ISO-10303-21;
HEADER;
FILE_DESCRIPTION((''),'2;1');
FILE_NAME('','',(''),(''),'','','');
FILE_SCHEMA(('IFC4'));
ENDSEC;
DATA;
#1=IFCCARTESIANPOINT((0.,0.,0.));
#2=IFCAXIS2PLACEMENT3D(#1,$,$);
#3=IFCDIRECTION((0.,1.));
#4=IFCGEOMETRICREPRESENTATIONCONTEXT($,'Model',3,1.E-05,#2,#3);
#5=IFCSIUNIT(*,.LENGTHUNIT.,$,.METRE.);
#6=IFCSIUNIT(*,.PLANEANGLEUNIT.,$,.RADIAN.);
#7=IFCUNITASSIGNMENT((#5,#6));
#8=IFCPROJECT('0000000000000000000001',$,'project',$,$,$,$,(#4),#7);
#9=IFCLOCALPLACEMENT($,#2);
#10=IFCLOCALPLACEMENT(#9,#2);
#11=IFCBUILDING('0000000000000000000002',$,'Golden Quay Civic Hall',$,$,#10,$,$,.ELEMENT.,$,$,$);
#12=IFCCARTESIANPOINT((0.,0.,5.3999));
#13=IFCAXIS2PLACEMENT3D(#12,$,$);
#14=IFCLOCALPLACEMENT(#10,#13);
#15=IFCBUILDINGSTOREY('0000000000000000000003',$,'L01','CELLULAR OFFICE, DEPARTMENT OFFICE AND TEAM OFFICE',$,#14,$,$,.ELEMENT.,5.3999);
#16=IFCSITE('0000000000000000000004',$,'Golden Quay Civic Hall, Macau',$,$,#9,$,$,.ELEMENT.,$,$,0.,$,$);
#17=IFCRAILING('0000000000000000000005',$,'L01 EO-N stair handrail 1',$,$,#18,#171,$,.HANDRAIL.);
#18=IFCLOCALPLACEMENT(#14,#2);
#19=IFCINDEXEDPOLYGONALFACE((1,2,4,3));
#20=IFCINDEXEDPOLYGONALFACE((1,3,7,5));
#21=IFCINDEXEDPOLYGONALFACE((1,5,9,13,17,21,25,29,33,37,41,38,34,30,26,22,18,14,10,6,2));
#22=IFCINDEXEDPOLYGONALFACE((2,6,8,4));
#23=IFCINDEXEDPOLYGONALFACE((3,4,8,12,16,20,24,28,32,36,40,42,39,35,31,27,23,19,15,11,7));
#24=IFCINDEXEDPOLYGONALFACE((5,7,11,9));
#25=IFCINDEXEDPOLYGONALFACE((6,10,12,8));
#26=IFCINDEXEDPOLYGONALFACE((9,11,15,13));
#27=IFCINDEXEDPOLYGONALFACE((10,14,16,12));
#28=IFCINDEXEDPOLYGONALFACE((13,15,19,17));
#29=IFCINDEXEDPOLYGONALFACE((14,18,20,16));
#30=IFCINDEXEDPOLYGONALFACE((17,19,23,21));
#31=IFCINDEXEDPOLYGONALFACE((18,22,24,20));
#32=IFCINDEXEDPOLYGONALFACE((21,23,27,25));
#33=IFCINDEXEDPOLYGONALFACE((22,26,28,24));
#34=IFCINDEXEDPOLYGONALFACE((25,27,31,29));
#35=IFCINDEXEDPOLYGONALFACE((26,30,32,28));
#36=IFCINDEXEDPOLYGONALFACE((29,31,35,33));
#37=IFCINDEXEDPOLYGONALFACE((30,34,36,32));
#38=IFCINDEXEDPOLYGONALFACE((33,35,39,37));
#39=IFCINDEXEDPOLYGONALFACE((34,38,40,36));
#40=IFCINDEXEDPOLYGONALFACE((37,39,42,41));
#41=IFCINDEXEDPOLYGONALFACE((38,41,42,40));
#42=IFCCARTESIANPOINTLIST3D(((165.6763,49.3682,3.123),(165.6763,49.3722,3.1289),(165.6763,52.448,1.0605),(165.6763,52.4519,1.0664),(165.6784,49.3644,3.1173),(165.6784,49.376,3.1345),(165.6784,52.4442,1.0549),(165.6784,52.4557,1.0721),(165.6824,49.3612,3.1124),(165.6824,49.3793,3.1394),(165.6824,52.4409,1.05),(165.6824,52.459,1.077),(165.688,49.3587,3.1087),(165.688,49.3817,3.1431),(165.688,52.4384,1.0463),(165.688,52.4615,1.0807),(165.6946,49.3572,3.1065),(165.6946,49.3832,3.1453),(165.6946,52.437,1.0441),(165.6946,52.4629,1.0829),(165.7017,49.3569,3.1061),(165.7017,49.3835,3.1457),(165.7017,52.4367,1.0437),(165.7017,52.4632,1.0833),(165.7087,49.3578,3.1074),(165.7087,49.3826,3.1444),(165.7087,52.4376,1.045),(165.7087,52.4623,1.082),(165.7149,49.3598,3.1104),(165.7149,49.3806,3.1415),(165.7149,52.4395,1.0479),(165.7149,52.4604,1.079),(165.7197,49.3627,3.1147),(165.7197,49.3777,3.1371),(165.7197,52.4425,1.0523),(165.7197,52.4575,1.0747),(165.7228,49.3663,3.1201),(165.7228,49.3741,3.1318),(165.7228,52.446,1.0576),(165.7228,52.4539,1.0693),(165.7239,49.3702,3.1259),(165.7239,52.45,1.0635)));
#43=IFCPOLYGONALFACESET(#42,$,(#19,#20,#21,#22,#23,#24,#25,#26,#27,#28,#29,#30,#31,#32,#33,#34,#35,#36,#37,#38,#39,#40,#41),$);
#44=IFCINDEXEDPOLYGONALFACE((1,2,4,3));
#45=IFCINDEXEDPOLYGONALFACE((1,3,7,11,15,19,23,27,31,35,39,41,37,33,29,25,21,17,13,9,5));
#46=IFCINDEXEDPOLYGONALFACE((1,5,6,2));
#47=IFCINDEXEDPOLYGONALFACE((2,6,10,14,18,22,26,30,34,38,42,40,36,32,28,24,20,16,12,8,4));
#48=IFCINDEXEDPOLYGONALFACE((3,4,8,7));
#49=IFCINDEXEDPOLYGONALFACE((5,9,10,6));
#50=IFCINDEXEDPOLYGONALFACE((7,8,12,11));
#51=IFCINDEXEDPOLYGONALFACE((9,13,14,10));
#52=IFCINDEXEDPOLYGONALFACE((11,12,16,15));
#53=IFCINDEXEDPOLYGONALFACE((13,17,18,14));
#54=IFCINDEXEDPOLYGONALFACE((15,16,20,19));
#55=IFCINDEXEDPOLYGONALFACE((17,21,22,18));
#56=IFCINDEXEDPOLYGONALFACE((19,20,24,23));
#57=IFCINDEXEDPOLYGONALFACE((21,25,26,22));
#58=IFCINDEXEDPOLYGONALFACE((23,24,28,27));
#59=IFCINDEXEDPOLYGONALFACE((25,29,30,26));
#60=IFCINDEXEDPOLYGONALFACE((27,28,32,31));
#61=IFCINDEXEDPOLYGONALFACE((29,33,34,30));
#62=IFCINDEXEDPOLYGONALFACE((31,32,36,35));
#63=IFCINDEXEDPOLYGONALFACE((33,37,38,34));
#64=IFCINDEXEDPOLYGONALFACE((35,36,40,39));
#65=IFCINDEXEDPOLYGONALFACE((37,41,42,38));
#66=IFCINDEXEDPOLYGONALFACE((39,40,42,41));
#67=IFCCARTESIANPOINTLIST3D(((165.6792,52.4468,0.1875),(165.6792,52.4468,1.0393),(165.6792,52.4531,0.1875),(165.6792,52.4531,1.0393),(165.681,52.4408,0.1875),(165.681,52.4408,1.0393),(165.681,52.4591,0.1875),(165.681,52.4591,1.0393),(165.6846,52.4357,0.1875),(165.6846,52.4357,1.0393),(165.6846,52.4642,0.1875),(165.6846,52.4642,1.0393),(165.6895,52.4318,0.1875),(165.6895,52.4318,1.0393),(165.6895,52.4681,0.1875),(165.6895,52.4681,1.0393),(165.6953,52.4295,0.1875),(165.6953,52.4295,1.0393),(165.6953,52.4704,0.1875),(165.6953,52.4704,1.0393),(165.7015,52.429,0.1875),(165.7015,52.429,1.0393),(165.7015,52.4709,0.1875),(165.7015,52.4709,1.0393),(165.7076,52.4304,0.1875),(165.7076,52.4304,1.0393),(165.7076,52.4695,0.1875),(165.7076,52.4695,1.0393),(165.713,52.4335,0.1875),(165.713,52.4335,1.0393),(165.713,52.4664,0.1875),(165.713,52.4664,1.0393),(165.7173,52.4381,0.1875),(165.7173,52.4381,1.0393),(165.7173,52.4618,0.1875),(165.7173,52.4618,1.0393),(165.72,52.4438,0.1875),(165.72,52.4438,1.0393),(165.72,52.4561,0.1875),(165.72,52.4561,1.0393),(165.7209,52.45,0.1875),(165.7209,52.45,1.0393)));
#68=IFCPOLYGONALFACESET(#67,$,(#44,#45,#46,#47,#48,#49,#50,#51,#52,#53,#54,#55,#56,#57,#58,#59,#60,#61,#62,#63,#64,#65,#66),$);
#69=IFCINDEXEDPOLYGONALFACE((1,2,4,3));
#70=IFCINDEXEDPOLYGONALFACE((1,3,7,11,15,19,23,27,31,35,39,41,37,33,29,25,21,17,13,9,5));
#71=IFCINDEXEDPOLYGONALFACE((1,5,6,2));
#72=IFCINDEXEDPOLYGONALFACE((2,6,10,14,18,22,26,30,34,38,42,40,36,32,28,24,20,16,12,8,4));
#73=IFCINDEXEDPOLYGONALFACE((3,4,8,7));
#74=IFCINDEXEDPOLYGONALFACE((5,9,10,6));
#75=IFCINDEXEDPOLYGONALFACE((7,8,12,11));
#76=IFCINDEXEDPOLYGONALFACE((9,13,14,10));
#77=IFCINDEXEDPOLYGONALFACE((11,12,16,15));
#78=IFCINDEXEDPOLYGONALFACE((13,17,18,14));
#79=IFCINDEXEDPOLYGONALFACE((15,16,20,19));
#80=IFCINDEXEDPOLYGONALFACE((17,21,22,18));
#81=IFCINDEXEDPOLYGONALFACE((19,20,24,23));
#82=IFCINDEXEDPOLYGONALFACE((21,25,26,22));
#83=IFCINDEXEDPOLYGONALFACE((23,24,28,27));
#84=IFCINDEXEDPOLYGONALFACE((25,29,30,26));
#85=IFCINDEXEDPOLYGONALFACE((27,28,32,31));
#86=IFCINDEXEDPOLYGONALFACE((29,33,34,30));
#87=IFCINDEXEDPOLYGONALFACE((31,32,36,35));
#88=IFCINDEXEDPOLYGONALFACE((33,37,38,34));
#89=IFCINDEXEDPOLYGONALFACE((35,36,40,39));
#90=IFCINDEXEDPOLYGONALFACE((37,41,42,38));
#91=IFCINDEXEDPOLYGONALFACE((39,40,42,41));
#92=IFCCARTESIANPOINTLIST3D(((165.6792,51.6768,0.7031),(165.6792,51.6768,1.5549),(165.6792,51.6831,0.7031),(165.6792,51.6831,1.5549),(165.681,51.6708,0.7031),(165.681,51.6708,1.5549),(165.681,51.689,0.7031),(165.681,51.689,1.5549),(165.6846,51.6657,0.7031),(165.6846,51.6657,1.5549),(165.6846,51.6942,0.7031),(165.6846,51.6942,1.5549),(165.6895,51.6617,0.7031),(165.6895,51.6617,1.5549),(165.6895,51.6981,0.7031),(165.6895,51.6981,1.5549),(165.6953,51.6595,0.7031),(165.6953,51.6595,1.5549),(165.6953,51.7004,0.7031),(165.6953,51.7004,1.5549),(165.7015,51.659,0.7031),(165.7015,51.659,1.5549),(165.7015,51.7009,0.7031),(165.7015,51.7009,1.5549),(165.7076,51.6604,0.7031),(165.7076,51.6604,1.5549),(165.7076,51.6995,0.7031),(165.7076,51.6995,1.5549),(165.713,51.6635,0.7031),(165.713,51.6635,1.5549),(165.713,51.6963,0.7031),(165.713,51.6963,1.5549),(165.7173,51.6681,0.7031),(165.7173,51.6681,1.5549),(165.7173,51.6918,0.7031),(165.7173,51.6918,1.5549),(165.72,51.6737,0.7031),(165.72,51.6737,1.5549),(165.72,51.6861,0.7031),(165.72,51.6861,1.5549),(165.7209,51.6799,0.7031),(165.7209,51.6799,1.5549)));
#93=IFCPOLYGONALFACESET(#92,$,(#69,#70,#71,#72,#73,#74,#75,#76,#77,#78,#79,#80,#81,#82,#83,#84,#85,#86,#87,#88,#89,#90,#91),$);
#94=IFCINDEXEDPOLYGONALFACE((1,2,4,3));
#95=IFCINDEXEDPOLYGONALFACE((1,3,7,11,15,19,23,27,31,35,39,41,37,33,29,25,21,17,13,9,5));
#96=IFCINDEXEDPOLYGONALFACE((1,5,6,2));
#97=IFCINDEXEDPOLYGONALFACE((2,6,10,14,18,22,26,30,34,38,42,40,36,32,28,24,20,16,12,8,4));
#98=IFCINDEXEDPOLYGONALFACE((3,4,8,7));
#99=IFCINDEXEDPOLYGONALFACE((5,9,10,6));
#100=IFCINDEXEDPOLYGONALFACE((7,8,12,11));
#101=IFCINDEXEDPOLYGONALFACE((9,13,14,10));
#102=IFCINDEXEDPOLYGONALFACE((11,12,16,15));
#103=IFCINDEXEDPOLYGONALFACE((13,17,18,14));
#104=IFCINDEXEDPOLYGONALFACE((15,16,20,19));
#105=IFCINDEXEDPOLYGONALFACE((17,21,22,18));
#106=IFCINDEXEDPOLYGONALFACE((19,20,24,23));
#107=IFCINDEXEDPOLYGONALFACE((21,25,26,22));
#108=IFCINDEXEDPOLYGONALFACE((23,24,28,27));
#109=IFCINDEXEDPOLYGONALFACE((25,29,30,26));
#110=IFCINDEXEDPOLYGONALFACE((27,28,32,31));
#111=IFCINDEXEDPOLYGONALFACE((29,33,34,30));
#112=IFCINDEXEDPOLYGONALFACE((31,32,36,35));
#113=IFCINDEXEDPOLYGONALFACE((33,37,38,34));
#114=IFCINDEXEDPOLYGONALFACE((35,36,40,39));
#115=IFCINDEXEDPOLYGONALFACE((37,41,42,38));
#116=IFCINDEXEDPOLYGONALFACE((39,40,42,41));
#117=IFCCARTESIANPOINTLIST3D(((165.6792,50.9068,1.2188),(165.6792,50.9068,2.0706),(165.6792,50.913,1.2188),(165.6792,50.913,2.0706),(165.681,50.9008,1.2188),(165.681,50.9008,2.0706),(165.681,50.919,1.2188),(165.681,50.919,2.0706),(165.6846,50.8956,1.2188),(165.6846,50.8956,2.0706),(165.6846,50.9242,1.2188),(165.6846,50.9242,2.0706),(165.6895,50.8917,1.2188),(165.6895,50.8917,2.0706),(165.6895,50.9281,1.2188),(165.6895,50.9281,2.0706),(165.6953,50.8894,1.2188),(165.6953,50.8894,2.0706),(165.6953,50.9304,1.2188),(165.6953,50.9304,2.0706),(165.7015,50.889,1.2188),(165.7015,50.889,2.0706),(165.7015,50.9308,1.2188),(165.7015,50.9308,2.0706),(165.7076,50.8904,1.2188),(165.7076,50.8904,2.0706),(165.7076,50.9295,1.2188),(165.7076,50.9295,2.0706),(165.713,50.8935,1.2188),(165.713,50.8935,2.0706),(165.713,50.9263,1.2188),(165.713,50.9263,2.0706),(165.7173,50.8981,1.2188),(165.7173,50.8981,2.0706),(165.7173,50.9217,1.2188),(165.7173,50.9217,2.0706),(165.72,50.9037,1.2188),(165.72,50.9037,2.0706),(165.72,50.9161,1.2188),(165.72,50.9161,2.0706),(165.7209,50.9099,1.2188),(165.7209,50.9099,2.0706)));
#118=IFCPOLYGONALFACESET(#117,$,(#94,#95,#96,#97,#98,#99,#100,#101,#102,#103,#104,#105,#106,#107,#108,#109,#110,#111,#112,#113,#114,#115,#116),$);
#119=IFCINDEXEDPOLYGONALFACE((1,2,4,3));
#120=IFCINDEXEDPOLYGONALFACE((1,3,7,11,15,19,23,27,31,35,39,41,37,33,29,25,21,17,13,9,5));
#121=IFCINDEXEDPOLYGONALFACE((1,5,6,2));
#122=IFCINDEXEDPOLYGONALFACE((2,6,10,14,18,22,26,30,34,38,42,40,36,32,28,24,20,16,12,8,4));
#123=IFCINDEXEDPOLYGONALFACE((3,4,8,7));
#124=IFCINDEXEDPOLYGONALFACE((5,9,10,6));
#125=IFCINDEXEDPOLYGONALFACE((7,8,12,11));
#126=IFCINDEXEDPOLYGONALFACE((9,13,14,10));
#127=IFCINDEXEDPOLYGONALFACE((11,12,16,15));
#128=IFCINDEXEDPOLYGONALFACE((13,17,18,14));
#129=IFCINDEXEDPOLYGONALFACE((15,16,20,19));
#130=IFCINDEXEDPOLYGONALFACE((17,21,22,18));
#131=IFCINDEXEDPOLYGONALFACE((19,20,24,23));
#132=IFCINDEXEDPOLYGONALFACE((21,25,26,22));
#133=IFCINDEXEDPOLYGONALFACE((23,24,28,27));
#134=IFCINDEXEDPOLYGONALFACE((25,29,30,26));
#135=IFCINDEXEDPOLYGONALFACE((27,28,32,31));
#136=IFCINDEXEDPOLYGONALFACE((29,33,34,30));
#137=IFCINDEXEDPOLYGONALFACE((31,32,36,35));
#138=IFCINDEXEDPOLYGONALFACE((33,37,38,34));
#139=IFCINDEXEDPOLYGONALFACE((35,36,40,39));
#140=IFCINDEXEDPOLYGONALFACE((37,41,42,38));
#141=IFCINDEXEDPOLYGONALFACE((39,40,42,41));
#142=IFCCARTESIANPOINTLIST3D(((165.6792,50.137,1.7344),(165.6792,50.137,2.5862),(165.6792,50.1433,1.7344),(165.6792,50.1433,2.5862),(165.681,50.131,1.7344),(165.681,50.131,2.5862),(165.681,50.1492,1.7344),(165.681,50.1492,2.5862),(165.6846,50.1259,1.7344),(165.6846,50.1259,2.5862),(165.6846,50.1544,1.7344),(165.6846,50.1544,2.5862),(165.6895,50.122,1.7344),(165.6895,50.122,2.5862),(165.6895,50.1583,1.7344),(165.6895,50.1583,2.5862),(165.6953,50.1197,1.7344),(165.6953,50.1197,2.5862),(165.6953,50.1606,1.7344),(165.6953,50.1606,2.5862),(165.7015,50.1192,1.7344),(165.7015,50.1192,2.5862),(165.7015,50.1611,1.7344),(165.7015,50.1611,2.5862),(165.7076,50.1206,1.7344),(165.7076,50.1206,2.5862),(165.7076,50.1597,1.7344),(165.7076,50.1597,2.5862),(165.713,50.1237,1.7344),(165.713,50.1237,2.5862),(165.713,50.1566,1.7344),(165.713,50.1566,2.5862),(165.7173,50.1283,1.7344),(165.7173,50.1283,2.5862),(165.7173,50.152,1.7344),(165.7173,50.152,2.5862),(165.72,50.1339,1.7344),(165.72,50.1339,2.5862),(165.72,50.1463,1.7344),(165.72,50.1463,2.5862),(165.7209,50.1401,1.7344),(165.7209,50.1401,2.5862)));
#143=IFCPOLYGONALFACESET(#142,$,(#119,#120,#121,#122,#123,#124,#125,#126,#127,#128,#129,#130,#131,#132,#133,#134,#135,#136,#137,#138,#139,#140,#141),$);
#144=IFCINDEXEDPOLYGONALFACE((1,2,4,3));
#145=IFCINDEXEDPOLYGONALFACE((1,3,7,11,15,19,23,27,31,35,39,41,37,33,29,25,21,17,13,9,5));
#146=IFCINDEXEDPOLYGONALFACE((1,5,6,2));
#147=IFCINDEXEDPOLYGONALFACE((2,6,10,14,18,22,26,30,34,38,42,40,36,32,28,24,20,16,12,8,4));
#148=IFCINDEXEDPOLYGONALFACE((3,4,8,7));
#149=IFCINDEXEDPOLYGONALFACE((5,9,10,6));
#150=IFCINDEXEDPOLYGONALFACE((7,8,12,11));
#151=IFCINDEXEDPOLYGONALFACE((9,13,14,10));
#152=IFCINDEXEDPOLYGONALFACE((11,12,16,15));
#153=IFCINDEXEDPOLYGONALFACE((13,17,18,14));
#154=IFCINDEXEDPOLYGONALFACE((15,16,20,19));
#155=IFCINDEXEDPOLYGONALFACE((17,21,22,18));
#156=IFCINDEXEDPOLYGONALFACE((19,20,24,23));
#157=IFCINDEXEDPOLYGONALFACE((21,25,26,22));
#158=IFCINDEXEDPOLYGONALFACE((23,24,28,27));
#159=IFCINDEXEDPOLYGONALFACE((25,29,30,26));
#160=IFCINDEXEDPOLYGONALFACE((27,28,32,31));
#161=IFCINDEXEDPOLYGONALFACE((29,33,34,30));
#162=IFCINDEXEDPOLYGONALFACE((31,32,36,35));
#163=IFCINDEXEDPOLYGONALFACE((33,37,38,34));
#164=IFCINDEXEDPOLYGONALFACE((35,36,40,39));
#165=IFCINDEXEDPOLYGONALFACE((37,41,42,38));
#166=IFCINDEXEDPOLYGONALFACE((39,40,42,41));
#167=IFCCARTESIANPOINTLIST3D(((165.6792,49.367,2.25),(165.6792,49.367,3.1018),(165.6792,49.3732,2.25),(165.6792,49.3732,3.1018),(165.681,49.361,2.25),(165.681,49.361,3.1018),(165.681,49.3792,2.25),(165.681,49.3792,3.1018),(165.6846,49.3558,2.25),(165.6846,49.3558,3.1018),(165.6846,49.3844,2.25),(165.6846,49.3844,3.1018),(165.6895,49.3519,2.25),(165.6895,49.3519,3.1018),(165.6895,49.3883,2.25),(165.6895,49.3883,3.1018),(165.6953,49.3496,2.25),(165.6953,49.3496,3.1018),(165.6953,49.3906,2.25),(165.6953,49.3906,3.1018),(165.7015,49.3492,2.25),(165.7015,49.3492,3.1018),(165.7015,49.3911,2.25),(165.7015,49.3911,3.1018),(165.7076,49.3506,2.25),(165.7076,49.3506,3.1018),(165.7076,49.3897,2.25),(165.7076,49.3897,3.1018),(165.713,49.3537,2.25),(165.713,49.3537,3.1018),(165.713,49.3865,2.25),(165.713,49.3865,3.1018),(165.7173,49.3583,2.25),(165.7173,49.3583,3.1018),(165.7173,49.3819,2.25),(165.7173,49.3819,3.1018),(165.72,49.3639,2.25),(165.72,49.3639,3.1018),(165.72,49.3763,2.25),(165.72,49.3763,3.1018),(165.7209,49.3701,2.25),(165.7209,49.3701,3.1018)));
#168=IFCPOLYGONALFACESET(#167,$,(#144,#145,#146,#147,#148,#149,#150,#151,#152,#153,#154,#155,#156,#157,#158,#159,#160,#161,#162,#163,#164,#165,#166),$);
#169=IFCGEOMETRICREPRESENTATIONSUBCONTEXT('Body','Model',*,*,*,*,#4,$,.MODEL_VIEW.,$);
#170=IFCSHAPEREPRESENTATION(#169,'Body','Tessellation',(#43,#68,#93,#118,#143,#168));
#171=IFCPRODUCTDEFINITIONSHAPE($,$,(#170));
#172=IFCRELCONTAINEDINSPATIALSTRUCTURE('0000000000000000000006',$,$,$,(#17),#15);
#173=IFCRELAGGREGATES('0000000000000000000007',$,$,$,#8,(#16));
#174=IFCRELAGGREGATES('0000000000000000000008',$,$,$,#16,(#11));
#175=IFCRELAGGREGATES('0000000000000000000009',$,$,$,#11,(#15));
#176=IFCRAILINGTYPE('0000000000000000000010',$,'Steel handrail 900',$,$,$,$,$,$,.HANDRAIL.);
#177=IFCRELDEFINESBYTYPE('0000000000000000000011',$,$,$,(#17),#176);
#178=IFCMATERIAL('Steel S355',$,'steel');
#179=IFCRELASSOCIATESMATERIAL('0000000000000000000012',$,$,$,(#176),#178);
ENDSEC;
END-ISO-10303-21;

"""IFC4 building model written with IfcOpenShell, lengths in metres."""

from ifc_helpers import new_model, si_unit, direction, frame, origin, origin_2d, place, context, subcontext, project, spatial, circle, extrude, material, type_object, element, save


model = new_model("IFC4")

# Units and contexts
model_context = context("Model", 3, precision=1e-05, world=origin(), true_north=direction((0.0, 1.0)))
body_context = subcontext(model_context, "Body", "Model", "MODEL_VIEW")
ifc_project = project(units=[si_unit("LENGTHUNIT", "METRE"), si_unit("PLANEANGLEUNIT", "RADIAN")], contexts=[model_context])

# Site, building, storey
site_placement = place(None, origin())
site = spatial("IfcSite", under=ifc_project, at=site_placement, Name="Golden Quay Civic Hall, Macau", CompositionType="ELEMENT", RefElevation=0.0)
building_placement = place(site_placement, origin())
building = spatial("IfcBuilding", under=site, at=building_placement, Name="Golden Quay Civic Hall", CompositionType="ELEMENT")
storey_placement = place(building_placement, frame((0.0, 0.0, 5.3999)))
storey = spatial("IfcBuildingStorey", under=building, at=storey_placement, Name="L01", Description="CELLULAR OFFICE, DEPARTMENT OFFICE AND TEAM OFFICE", CompositionType="ELEMENT", Elevation=5.3999)

# Railing
ifc_material_1 = material(Name="Steel S355", Category="steel")
railing_type_1 = type_object("IfcRailingType", Name="Steel handrail 900", PredefinedType="HANDRAIL", material=ifc_material_1)
railing_1_placement = place(storey_placement, frame((165.7, 52.45, 0.1875)))
element("IfcRailing", 1, at=railing_1_placement, inside=storey, type_object=railing_type_1, Name="L01 EO-N stair handrail 1", PredefinedType="HANDRAIL", context=body_context, shape_type="SweptSolid", body=[
    extrude(circle(Radius=0.0239, at=origin_2d()), frame((0.0, 0.0, 0.876), z_axis=(0.0, -0.830893, 0.556432), x_axis=(1.0, 0.0, 0.0)), (0.0, 0.0, 1.0), 3.7065),
    extrude(circle(Radius=0.021, at=origin_2d()), origin(), (0.0, 0.0, 1.0), 0.8518),
    extrude(circle(Radius=0.021, at=origin_2d()), frame((0.0, -0.77, 0.5156)), (0.0, 0.0, 1.0), 0.8518),
    extrude(circle(Radius=0.021, at=origin_2d()), frame((0.0, -1.54, 1.0312)), (0.0, 0.0, 1.0), 0.8518),
    extrude(circle(Radius=0.021, at=origin_2d()), frame((0.0, -2.3098, 1.5469)), (0.0, 0.0, 1.0), 0.8518),
    extrude(circle(Radius=0.021, at=origin_2d()), frame((0.0, -3.0798, 2.0625)), (0.0, 0.0, 1.0), 0.8518),
])

save(model, "model.ifc")
